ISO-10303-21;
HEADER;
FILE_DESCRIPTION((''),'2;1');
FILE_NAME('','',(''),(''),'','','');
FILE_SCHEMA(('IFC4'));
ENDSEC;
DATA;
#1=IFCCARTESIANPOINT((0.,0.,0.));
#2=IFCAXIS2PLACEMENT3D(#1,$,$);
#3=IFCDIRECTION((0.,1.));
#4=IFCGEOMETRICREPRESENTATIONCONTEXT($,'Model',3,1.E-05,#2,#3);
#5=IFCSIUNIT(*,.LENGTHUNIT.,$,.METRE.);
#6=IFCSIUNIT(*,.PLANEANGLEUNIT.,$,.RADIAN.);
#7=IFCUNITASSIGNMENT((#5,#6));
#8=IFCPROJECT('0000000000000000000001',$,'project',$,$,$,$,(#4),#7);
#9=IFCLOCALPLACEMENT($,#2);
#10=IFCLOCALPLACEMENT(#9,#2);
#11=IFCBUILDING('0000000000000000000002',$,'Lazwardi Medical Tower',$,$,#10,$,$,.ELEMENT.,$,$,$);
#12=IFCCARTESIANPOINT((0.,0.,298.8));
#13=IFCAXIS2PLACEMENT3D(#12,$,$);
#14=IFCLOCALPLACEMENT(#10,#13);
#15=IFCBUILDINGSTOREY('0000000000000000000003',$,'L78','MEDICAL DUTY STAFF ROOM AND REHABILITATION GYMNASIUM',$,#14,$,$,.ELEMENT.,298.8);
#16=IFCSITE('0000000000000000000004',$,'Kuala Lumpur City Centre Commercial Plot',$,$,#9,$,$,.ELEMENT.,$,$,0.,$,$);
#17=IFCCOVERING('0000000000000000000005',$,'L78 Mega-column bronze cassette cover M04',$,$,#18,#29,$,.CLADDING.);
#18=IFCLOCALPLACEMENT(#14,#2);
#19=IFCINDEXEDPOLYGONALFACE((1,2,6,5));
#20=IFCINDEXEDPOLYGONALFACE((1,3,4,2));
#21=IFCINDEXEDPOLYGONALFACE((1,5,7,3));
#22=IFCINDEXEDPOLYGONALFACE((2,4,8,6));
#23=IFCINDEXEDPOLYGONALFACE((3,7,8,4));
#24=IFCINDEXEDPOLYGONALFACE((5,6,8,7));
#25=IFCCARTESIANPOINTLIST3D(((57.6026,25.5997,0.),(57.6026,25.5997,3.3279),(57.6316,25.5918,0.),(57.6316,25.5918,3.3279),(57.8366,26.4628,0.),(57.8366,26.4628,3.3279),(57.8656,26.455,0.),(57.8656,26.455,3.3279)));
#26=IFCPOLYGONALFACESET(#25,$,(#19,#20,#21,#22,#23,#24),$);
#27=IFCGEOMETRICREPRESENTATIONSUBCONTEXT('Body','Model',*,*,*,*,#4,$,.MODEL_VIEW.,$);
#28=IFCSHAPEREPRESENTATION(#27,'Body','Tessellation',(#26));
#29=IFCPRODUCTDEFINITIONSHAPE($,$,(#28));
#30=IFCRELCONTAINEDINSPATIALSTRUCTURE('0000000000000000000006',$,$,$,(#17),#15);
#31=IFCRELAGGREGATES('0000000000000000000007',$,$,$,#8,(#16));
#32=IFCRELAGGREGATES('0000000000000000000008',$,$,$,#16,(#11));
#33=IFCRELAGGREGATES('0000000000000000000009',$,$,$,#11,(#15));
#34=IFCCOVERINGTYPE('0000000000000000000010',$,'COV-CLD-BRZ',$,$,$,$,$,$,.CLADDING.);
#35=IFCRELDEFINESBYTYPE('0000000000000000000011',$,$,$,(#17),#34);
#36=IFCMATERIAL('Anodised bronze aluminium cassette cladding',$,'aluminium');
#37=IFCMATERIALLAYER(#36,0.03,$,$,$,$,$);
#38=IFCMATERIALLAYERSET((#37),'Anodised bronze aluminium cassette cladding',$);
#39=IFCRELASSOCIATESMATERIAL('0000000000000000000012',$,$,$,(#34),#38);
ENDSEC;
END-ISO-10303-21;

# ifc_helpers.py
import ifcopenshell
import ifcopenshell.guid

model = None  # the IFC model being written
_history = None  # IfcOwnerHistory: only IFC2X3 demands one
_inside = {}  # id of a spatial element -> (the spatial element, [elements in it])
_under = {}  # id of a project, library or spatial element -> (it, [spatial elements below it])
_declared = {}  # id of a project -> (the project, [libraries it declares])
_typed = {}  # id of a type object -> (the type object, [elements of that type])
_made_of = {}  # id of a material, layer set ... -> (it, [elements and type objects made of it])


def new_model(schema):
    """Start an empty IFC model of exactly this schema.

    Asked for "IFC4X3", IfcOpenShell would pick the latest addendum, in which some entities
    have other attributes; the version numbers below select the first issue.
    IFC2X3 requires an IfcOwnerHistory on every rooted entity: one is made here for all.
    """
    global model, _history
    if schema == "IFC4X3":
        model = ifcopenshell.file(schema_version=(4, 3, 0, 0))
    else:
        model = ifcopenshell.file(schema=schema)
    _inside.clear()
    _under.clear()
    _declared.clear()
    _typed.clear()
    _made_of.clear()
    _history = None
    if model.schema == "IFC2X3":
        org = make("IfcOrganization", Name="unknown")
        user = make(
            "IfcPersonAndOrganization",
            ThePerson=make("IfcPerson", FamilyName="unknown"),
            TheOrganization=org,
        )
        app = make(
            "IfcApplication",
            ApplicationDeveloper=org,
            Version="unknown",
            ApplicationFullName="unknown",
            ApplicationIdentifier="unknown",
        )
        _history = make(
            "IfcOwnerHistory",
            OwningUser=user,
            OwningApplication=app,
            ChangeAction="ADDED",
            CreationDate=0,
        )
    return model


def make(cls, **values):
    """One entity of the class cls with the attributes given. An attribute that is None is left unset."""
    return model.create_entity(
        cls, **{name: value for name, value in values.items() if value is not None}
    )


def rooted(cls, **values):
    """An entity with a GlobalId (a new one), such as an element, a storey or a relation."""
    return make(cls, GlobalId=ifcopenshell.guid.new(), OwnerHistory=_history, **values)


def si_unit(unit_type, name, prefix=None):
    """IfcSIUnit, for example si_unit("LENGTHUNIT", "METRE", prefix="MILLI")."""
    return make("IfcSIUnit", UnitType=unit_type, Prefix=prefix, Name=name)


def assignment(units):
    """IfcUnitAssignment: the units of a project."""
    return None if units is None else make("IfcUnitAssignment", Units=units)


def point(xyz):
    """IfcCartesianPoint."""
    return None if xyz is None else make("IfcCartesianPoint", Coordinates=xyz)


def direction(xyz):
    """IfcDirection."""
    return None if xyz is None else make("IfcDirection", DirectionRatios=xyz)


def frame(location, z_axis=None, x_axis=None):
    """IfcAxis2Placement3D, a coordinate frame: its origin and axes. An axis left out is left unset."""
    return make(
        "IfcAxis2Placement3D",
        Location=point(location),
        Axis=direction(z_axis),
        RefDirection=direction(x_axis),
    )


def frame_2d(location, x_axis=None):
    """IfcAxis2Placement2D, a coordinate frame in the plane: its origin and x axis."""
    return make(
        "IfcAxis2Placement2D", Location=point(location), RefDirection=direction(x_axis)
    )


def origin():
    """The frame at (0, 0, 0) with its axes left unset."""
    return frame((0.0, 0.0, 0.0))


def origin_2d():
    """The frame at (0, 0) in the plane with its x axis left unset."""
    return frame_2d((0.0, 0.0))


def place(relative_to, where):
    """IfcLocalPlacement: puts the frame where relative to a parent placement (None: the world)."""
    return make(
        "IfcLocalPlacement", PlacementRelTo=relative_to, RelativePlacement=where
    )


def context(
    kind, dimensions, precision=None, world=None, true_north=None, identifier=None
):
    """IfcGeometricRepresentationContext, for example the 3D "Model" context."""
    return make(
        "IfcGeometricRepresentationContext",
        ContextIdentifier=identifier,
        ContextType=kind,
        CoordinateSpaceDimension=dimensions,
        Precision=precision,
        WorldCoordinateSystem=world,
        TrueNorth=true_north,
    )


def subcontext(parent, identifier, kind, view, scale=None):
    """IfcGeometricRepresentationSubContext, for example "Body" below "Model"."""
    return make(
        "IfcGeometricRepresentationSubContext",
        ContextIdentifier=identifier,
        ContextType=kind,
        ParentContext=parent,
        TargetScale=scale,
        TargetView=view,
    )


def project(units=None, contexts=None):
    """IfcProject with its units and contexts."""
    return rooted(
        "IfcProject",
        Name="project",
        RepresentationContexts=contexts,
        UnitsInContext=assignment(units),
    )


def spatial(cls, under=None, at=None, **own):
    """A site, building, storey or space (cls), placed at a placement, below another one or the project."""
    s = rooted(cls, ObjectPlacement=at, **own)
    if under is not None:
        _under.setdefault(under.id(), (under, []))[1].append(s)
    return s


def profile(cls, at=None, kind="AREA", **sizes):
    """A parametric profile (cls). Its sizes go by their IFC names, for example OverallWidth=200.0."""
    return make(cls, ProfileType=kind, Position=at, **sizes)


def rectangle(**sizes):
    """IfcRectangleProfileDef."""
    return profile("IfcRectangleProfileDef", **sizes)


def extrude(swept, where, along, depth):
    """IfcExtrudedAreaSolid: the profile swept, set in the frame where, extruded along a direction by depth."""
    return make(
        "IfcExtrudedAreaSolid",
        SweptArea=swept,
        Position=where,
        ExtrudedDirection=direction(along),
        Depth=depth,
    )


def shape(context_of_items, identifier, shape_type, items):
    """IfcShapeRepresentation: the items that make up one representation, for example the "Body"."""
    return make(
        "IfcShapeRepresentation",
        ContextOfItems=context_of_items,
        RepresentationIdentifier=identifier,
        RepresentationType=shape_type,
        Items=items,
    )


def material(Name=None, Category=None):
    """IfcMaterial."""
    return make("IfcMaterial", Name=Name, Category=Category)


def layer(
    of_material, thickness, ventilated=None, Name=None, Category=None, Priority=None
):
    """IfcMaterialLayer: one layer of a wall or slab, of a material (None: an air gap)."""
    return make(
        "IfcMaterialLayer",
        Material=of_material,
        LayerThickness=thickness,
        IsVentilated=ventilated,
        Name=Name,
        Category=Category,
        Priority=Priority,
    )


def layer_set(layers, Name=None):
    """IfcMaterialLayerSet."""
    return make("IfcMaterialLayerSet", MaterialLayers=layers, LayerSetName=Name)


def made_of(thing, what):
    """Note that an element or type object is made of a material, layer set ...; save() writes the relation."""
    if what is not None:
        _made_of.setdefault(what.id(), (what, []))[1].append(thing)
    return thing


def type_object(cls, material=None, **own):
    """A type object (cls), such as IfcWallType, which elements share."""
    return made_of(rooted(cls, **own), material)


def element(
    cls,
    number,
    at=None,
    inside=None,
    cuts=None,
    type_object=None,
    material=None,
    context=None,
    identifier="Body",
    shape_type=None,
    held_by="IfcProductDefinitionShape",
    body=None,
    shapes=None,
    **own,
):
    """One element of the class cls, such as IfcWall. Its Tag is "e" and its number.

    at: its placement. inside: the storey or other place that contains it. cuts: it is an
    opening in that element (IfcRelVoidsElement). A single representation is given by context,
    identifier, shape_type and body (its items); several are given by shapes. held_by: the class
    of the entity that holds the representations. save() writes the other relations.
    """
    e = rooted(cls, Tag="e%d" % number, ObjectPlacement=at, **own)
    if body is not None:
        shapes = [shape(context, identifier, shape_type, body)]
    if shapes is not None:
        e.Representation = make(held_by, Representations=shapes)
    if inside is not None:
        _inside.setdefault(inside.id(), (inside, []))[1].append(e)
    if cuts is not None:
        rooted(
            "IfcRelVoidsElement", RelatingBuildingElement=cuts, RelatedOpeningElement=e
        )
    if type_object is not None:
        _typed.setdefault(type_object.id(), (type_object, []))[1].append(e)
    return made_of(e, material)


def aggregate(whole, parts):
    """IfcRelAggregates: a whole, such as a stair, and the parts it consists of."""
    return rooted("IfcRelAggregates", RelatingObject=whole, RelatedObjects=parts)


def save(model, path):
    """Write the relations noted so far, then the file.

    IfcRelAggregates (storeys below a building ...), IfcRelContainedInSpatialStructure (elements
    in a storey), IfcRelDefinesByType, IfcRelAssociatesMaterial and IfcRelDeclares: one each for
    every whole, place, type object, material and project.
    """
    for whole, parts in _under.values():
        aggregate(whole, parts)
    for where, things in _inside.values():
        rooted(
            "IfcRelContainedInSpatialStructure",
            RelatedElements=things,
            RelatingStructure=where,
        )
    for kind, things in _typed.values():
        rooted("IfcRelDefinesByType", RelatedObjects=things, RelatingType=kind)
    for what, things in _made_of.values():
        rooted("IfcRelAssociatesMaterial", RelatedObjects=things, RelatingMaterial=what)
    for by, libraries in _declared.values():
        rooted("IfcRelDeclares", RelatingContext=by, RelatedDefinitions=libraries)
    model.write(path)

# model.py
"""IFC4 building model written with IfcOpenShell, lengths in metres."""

from ifc_helpers import new_model, si_unit, direction, frame, origin, origin_2d, place, context, subcontext, project, spatial, rectangle, extrude, material, layer, layer_set, type_object, element, save


model = new_model("IFC4")

# Units and contexts
model_context = context("Model", 3, precision=1e-05, world=origin(), true_north=direction((0.0, 1.0)))
body_context = subcontext(model_context, "Body", "Model", "MODEL_VIEW")
ifc_project = project(units=[si_unit("LENGTHUNIT", "METRE"), si_unit("PLANEANGLEUNIT", "RADIAN")], contexts=[model_context])

# Site, building, storey
site_placement = place(None, origin())
site = spatial("IfcSite", under=ifc_project, at=site_placement, Name="Kuala Lumpur City Centre Commercial Plot", CompositionType="ELEMENT", RefElevation=0.0)
building_placement = place(site_placement, origin())
building = spatial("IfcBuilding", under=site, at=building_placement, Name="Lazwardi Medical Tower", CompositionType="ELEMENT")
storey_placement = place(building_placement, frame((0.0, 0.0, 298.8)))
storey = spatial("IfcBuildingStorey", under=building, at=storey_placement, Name="L78", Description="MEDICAL DUTY STAFF ROOM AND REHABILITATION GYMNASIUM", CompositionType="ELEMENT", Elevation=298.8)

# Covering
ifc_material_1 = material(Name="Anodised bronze aluminium cassette cladding", Category="aluminium")
ifc_layer_1 = layer(ifc_material_1, 0.03)
ifc_layer_set_1 = layer_set([ifc_layer_1], Name="Anodised bronze aluminium cassette cladding")
covering_type = type_object("IfcCoveringType", Name="COV-CLD-BRZ", PredefinedType="CLADDING", material=ifc_layer_set_1)
covering_1_placement = place(storey_placement, frame((57.7341, 26.0273, 0.0), z_axis=(0.0, 0.0, 1.0), x_axis=(0.261642, 0.965165, 0.0)))
element("IfcCovering", 1, at=covering_1_placement, inside=storey, type_object=covering_type, Name="L78 Mega-column bronze cassette cover M04", PredefinedType="CLADDING", context=body_context, shape_type="SweptSolid", body=[
    extrude(rectangle(XDim=0.8943, YDim=0.03, at=origin_2d()), origin(), (0.0, 0.0, 1.0), 3.3279),
])

save(model, "model.ifc")
